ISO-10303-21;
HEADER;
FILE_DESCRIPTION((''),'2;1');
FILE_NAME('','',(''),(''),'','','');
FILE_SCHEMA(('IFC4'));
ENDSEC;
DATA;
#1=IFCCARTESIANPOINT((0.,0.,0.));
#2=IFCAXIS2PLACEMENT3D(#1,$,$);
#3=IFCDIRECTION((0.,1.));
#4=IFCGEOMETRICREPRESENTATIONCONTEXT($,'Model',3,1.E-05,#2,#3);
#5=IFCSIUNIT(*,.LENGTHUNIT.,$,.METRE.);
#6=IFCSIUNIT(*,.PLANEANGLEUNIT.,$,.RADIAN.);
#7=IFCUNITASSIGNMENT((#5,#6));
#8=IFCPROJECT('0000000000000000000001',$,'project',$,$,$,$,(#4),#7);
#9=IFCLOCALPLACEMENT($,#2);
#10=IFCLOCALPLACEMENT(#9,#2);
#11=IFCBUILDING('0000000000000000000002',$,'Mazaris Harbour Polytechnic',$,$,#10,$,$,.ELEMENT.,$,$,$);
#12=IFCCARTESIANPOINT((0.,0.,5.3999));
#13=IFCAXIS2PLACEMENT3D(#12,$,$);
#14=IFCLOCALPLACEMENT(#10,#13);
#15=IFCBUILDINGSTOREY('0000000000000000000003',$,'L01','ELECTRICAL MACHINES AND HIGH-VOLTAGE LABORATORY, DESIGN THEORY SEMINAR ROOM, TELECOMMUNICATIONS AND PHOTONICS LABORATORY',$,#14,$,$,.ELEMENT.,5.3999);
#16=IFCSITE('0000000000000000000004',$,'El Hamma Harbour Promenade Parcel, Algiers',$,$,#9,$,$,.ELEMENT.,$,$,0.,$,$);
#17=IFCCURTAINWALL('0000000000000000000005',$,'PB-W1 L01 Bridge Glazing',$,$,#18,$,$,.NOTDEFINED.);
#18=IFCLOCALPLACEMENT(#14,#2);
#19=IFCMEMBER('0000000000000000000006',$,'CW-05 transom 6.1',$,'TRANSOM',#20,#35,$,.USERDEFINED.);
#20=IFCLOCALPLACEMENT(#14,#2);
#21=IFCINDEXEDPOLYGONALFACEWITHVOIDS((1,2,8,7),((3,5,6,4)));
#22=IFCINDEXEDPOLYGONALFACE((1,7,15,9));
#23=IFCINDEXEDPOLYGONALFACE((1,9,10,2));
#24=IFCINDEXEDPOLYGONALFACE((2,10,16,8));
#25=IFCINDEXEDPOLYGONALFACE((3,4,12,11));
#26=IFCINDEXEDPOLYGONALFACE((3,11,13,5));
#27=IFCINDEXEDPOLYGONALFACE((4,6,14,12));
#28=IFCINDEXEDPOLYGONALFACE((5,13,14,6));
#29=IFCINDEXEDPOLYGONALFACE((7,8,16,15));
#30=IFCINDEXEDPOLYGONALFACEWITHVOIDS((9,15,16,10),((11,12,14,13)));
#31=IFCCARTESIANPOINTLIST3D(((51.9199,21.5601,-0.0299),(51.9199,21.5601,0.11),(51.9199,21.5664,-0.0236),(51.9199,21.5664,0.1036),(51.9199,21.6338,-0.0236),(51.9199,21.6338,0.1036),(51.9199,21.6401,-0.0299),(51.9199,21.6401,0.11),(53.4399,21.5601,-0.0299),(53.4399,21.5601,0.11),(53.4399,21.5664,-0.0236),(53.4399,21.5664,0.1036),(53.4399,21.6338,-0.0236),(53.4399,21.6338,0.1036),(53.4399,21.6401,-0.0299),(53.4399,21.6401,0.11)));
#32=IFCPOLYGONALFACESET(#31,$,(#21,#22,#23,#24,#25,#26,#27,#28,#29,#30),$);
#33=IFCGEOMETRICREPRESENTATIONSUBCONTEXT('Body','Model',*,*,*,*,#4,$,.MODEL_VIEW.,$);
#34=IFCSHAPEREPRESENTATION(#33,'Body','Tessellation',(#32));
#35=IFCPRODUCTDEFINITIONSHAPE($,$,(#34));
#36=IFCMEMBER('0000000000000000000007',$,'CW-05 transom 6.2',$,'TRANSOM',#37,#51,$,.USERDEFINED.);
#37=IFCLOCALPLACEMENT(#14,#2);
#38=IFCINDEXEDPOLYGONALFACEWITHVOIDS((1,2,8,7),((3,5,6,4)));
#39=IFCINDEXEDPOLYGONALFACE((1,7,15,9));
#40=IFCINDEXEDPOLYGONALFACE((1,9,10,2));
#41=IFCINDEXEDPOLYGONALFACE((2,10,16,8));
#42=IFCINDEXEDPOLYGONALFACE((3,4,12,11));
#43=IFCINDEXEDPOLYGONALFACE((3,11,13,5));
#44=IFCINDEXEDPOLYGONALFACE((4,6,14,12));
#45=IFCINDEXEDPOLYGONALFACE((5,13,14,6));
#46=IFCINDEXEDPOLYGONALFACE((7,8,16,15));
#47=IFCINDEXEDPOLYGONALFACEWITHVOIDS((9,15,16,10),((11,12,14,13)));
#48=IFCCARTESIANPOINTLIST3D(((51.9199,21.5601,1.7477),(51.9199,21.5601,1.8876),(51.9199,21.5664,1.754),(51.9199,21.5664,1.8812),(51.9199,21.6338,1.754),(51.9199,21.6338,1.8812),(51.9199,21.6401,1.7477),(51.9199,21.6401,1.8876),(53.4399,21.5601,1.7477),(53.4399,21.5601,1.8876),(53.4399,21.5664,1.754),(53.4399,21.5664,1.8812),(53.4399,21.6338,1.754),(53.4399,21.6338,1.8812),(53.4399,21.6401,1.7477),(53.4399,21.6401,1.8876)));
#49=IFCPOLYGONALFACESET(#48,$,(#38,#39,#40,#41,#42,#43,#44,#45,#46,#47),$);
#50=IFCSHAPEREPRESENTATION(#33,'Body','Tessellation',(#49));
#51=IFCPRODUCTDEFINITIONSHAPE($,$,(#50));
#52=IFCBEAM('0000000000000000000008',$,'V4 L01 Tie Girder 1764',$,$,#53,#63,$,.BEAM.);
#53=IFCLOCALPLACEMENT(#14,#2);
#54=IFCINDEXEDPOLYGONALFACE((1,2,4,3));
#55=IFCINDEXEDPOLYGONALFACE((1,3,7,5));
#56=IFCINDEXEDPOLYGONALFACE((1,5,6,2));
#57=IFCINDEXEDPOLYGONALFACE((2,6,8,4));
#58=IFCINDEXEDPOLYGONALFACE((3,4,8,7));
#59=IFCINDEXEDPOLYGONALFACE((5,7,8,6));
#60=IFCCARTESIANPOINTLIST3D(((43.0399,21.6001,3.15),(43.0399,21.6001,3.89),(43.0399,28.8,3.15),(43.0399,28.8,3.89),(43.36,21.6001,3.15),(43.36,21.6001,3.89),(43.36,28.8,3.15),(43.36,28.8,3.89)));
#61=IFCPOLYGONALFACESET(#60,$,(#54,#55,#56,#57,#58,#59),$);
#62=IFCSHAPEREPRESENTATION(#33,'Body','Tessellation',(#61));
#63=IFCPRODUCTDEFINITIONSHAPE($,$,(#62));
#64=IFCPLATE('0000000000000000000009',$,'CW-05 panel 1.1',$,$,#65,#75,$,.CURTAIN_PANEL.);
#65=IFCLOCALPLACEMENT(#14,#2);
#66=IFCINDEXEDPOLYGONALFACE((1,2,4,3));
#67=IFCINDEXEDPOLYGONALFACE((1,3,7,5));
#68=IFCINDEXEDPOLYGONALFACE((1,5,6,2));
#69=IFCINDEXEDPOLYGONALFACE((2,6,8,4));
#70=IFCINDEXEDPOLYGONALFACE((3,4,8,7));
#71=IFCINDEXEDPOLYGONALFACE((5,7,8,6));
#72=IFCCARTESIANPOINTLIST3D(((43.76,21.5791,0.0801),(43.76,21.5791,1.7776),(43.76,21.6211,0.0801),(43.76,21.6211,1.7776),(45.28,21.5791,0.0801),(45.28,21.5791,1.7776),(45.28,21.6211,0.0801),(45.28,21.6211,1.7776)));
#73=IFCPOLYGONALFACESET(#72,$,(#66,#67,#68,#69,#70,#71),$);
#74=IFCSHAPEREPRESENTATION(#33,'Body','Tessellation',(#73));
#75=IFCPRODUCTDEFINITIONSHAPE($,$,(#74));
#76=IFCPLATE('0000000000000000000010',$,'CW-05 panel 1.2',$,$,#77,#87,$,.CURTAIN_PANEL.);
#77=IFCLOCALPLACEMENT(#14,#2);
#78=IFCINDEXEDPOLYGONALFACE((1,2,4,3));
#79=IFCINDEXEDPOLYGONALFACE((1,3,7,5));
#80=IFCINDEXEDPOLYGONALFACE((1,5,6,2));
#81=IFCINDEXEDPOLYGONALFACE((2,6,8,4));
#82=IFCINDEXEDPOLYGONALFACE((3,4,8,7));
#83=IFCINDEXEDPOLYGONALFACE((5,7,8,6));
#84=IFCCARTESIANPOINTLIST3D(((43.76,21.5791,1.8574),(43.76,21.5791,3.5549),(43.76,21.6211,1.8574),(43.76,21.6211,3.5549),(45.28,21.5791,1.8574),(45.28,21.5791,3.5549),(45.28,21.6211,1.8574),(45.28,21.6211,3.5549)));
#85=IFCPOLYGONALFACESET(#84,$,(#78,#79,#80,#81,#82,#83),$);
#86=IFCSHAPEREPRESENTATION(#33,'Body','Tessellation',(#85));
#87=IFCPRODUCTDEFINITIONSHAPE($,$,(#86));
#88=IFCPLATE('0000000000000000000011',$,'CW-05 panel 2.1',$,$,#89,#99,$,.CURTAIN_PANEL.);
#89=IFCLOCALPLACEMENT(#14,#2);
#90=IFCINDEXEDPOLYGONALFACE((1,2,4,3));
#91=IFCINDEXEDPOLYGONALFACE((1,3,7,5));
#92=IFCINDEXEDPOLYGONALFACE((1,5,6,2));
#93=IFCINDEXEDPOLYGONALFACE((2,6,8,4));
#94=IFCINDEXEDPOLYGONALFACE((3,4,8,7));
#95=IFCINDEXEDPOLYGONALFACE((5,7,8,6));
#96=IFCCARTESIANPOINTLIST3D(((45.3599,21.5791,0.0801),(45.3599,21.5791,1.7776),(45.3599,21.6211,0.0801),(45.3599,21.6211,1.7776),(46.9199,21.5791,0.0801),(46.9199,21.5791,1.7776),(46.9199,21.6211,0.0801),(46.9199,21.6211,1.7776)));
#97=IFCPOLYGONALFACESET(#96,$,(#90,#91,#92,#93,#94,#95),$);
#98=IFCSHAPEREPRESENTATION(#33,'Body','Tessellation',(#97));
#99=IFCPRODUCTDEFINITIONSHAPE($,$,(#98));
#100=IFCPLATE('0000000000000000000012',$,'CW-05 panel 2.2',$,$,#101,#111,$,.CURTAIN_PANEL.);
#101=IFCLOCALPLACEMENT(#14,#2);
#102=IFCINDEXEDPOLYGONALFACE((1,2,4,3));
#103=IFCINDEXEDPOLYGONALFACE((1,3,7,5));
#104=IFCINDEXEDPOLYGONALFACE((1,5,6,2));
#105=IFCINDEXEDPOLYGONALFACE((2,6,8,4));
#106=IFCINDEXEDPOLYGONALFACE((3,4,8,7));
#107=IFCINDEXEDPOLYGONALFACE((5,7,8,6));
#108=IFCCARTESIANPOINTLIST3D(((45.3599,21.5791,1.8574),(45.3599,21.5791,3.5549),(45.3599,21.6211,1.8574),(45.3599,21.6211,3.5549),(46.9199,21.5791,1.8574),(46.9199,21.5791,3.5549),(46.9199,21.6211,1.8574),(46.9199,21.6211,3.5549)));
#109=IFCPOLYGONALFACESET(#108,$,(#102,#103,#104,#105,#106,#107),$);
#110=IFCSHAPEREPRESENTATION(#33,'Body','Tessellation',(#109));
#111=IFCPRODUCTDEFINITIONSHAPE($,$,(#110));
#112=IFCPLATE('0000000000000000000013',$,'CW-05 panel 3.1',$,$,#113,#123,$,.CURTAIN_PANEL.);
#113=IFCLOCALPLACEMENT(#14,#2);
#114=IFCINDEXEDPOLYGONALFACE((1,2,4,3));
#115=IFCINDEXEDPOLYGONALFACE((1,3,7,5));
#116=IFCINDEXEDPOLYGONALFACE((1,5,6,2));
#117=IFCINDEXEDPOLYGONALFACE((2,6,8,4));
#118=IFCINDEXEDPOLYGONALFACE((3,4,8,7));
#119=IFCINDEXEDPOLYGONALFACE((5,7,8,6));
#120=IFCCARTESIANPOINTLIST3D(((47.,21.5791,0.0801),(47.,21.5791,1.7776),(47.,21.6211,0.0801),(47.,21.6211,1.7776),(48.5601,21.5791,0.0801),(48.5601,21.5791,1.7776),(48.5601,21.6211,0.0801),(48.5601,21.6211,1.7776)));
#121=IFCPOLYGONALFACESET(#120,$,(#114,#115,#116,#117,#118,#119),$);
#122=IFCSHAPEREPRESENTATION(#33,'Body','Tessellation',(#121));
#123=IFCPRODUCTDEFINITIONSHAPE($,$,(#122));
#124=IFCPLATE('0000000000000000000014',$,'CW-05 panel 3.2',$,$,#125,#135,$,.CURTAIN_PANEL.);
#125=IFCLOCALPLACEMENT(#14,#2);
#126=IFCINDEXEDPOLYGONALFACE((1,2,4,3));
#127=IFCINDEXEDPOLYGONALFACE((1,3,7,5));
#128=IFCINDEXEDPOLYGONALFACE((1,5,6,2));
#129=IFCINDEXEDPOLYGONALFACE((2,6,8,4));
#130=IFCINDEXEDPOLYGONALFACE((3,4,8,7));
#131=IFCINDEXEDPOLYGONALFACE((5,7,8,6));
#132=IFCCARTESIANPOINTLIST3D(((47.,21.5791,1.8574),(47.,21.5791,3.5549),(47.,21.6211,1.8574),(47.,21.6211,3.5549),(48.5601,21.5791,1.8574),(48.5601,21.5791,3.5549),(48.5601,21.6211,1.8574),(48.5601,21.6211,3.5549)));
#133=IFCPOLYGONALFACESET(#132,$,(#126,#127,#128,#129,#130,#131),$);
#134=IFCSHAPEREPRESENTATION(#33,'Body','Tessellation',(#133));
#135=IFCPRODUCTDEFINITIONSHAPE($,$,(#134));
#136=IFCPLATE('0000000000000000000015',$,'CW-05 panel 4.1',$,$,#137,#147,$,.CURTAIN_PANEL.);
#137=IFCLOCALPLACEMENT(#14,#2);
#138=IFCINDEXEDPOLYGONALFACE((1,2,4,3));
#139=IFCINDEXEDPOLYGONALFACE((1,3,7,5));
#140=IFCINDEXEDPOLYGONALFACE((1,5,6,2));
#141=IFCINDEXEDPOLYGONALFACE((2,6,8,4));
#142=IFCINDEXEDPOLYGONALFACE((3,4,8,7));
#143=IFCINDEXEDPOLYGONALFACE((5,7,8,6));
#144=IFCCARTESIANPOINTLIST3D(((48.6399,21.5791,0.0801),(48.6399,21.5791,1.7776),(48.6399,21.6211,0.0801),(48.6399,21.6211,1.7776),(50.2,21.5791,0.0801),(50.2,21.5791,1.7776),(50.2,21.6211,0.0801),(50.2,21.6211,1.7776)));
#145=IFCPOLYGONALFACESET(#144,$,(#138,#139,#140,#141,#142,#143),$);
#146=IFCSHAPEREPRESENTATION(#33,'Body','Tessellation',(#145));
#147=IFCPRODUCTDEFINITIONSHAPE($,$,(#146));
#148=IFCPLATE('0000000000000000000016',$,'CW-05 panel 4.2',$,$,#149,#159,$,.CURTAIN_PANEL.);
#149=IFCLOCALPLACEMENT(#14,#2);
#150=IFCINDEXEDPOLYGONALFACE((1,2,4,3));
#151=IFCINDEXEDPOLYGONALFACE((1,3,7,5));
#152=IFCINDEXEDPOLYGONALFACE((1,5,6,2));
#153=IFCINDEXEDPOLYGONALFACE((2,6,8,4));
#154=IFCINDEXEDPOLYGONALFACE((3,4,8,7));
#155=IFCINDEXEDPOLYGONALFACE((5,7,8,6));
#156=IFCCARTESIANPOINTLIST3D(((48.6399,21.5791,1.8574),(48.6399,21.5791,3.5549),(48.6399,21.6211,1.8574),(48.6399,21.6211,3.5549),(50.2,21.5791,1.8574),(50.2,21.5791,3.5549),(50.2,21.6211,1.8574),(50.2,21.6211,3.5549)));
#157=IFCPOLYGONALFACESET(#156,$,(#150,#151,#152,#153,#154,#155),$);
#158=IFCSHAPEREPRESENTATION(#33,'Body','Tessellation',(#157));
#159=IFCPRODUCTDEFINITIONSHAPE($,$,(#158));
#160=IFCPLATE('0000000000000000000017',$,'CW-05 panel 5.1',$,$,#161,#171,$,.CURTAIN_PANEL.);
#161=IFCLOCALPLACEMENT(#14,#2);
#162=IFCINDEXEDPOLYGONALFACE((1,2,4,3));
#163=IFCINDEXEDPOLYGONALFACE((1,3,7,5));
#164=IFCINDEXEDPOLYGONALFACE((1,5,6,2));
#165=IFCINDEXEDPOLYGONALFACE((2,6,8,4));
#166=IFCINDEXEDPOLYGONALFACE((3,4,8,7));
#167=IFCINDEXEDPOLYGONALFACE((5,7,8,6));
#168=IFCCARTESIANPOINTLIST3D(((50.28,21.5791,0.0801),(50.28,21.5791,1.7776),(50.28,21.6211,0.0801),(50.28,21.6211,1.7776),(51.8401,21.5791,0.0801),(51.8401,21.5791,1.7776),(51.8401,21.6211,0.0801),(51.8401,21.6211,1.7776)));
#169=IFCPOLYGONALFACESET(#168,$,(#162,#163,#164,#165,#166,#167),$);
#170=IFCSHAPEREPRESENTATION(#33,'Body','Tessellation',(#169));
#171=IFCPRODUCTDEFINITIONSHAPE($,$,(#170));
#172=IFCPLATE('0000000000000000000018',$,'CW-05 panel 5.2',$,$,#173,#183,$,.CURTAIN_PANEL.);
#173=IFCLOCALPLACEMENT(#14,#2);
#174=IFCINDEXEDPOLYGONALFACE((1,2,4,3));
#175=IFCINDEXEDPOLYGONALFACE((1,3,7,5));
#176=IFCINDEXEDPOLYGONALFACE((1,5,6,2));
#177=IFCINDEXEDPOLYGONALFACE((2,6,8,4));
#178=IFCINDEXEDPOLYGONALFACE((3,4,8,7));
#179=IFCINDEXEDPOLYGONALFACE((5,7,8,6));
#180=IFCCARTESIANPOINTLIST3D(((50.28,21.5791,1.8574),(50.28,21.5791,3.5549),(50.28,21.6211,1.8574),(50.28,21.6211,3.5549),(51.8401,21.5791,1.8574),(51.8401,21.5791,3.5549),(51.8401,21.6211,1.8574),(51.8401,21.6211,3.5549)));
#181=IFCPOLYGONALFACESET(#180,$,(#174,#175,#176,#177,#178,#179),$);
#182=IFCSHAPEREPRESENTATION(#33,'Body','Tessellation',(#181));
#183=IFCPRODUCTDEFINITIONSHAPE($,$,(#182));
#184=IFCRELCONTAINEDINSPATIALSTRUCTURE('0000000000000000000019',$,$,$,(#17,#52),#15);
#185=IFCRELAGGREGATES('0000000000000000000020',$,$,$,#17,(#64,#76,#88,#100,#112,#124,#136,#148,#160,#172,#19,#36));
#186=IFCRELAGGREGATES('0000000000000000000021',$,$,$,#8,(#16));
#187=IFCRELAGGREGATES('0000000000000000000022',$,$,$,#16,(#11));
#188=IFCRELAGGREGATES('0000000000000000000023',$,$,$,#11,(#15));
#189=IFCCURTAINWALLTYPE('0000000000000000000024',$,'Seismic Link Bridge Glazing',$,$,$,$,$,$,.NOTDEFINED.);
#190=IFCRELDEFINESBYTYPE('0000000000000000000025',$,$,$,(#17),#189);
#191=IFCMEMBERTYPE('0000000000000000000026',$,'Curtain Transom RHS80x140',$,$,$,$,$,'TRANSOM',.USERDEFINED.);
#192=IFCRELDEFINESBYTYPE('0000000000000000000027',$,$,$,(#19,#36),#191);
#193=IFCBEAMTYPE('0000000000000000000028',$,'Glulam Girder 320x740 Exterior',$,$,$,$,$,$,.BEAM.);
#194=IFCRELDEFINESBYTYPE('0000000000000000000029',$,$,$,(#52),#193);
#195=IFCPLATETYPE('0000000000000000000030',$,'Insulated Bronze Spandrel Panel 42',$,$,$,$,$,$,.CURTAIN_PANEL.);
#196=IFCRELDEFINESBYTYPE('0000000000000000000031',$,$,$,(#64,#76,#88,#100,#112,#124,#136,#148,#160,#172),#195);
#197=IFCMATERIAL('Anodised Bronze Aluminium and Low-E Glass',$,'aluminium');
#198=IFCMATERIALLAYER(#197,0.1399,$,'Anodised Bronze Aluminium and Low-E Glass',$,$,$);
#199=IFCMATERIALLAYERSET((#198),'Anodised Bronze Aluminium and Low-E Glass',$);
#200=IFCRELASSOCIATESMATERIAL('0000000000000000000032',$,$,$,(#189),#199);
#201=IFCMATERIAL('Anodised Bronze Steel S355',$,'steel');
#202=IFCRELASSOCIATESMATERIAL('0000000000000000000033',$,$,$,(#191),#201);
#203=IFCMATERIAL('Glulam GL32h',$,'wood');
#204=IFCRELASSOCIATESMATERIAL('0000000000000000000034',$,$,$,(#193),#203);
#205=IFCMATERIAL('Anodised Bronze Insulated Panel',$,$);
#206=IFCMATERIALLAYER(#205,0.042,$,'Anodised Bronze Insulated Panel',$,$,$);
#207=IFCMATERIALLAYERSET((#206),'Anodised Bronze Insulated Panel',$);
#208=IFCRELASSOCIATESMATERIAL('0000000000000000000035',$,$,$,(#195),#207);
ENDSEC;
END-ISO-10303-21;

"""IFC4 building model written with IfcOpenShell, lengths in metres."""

from ifc_helpers import new_model, si_unit, direction, frame, origin, origin_2d, place, context, subcontext, project, spatial, rectangle, hollow_rectangle, extrude, material, layer, layer_set, material_profile, profile_set, type_object, element, aggregate, save


model = new_model("IFC4")

# Units and contexts
model_context = context("Model", 3, precision=1e-05, world=origin(), true_north=direction((0.0, 1.0)))
body_context = subcontext(model_context, "Body", "Model", "MODEL_VIEW")
ifc_project = project(units=[si_unit("LENGTHUNIT", "METRE"), si_unit("PLANEANGLEUNIT", "RADIAN")], contexts=[model_context])

# Site, building, storey
site_placement = place(None, origin())
site = spatial("IfcSite", under=ifc_project, at=site_placement, Name="El Hamma Harbour Promenade Parcel, Algiers", CompositionType="ELEMENT", RefElevation=0.0)
building_placement = place(site_placement, origin())
building = spatial("IfcBuilding", under=site, at=building_placement, Name="Mazaris Harbour Polytechnic", CompositionType="ELEMENT")
storey_placement = place(building_placement, frame((0.0, 0.0, 5.3999)))
storey = spatial("IfcBuildingStorey", under=building, at=storey_placement, Name="L01", Description="ELECTRICAL MACHINES AND HIGH-VOLTAGE LABORATORY, DESIGN THEORY SEMINAR ROOM, TELECOMMUNICATIONS AND PHOTONICS LABORATORY", CompositionType="ELEMENT", Elevation=5.3999)

# Curtain wall, members
ifc_material_1 = material(Name="Anodised Bronze Aluminium and Low-E Glass", Category="aluminium")
ifc_layer_1 = layer(ifc_material_1, 0.1399, Name="Anodised Bronze Aluminium and Low-E Glass")
ifc_layer_set_1 = layer_set([ifc_layer_1], Name="Anodised Bronze Aluminium and Low-E Glass")
curtain_wall_type = type_object("IfcCurtainWallType", Name="Seismic Link Bridge Glazing", PredefinedType="NOTDEFINED", material=ifc_layer_set_1)
curtain_wall_placement = place(storey_placement, origin())
curtain_wall = element("IfcCurtainWall", 1, at=curtain_wall_placement, inside=storey, type_object=curtain_wall_type, Name="PB-W1 L01 Bridge Glazing", PredefinedType="NOTDEFINED")
ifc_material_2 = material(Name="Anodised Bronze Steel S355", Category="steel")
ifc_material_profile_1 = material_profile(ifc_material_2, hollow_rectangle(XDim=0.0801, YDim=0.1399, WallThickness=0.0063, at=origin_2d()), Name="RHS 80x140x6.3")
ifc_profile_set_1 = profile_set([ifc_material_profile_1], Name="Anodised Bronze Steel S355")
member_type_1 = type_object("IfcMemberType", Name="Curtain Transom RHS80x140", ElementType="TRANSOM", PredefinedType="USERDEFINED", material=ifc_profile_set_1)
member_1_placement = place(storey_placement, frame((51.9199, 21.6001, 0.04), z_axis=(1.0, 0.0, 0.0), x_axis=(0.0, 1.0, 0.0)))
member_1 = element("IfcMember", 2, at=member_1_placement, type_object=member_type_1, Name="CW-05 transom 6.1", ObjectType="TRANSOM", PredefinedType="USERDEFINED", context=body_context, shape_type="SweptSolid", body=[
    extrude(hollow_rectangle(XDim=0.0801, YDim=0.1399, WallThickness=0.0063, at=origin_2d()), origin(), (0.0, 0.0, 1.0), 1.52),
])
member_2_placement = place(storey_placement, frame((51.9199, 21.6001, 1.8176), z_axis=(1.0, 0.0, 0.0), x_axis=(0.0, 1.0, 0.0)))
member_2 = element("IfcMember", 3, at=member_2_placement, type_object=member_type_1, Name="CW-05 transom 6.2", ObjectType="TRANSOM", PredefinedType="USERDEFINED", context=body_context, shape_type="SweptSolid", body=[
    extrude(hollow_rectangle(XDim=0.0801, YDim=0.1399, WallThickness=0.0063, at=origin_2d()), origin(), (0.0, 0.0, 1.0), 1.52),
])

# Beam
ifc_material_3 = material(Name="Glulam GL32h", Category="wood")
ifc_material_profile_2 = material_profile(ifc_material_3, rectangle(XDim=0.3201, YDim=0.74, at=origin_2d()), Name="RECT320x740")
ifc_profile_set_2 = profile_set([ifc_material_profile_2], Name="Glulam GL32h")
beam_type = type_object("IfcBeamType", Name="Glulam Girder 320x740 Exterior", PredefinedType="BEAM", material=ifc_profile_set_2)
beam_placement = place(storey_placement, frame((43.2, 21.6001, 3.52), z_axis=(0.0, 1.0, 0.0), x_axis=(-1.0, 0.0, 0.0)))
element("IfcBeam", 4, at=beam_placement, inside=storey, type_object=beam_type, Name="V4 L01 Tie Girder 1764", PredefinedType="BEAM", context=body_context, shape_type="SweptSolid", body=[
    extrude(rectangle(XDim=0.3201, YDim=0.74, at=origin_2d()), origin(), (0.0, 0.0, 1.0), 7.2),
])

# Plates
ifc_material_4 = material(Name="Anodised Bronze Insulated Panel")
ifc_layer_2 = layer(ifc_material_4, 0.042, Name="Anodised Bronze Insulated Panel")
ifc_layer_set_2 = layer_set([ifc_layer_2], Name="Anodised Bronze Insulated Panel")
plate_type = type_object("IfcPlateType", Name="Insulated Bronze Spandrel Panel 42", PredefinedType="CURTAIN_PANEL", material=ifc_layer_set_2)
plate_1_placement = place(storey_placement, frame((44.52, 21.6001, 0.0801), z_axis=(0.0, 0.0, 1.0), x_axis=(1.0, 0.0, 0.0)))
plate_1 = element("IfcPlate", 5, at=plate_1_placement, type_object=plate_type, Name="CW-05 panel 1.1", PredefinedType="CURTAIN_PANEL", context=body_context, shape_type="SweptSolid", body=[
    extrude(rectangle(XDim=1.52, YDim=0.042, at=origin_2d()), origin(), (0.0, 0.0, 1.0), 1.6975),
])
plate_2_placement = place(storey_placement, frame((44.52, 21.6001, 1.8574), z_axis=(0.0, 0.0, 1.0), x_axis=(1.0, 0.0, 0.0)))
plate_2 = element("IfcPlate", 6, at=plate_2_placement, type_object=plate_type, Name="CW-05 panel 1.2", PredefinedType="CURTAIN_PANEL", context=body_context, shape_type="SweptSolid", body=[
    extrude(rectangle(XDim=1.52, YDim=0.042, at=origin_2d()), origin(), (0.0, 0.0, 1.0), 1.6975),
])
plate_3_placement = place(storey_placement, frame((46.1399, 21.6001, 0.0801), z_axis=(0.0, 0.0, 1.0), x_axis=(1.0, 0.0, 0.0)))
plate_3 = element("IfcPlate", 7, at=plate_3_placement, type_object=plate_type, Name="CW-05 panel 2.1", PredefinedType="CURTAIN_PANEL", context=body_context, shape_type="SweptSolid", body=[
    extrude(rectangle(XDim=1.5601, YDim=0.042, at=origin_2d()), origin(), (0.0, 0.0, 1.0), 1.6975),
])
plate_4_placement = place(storey_placement, frame((46.1399, 21.6001, 1.8574), z_axis=(0.0, 0.0, 1.0), x_axis=(1.0, 0.0, 0.0)))
plate_4 = element("IfcPlate", 8, at=plate_4_placement, type_object=plate_type, Name="CW-05 panel 2.2", PredefinedType="CURTAIN_PANEL", context=body_context, shape_type="SweptSolid", body=[
    extrude(rectangle(XDim=1.5601, YDim=0.042, at=origin_2d()), origin(), (0.0, 0.0, 1.0), 1.6975),
])
plate_5_placement = place(storey_placement, frame((47.78, 21.6001, 0.0801), z_axis=(0.0, 0.0, 1.0), x_axis=(1.0, 0.0, 0.0)))
plate_5 = element("IfcPlate", 9, at=plate_5_placement, type_object=plate_type, Name="CW-05 panel 3.1", PredefinedType="CURTAIN_PANEL", context=body_context, shape_type="SweptSolid", body=[
    extrude(rectangle(XDim=1.5601, YDim=0.042, at=origin_2d()), origin(), (0.0, 0.0, 1.0), 1.6975),
])
plate_6_placement = place(storey_placement, frame((47.78, 21.6001, 1.8574), z_axis=(0.0, 0.0, 1.0), x_axis=(1.0, 0.0, 0.0)))
plate_6 = element("IfcPlate", 10, at=plate_6_placement, type_object=plate_type, Name="CW-05 panel 3.2", PredefinedType="CURTAIN_PANEL", context=body_context, shape_type="SweptSolid", body=[
    extrude(rectangle(XDim=1.5601, YDim=0.042, at=origin_2d()), origin(), (0.0, 0.0, 1.0), 1.6975),
])
plate_7_placement = place(storey_placement, frame((49.4199, 21.6001, 0.0801), z_axis=(0.0, 0.0, 1.0), x_axis=(1.0, 0.0, 0.0)))
plate_7 = element("IfcPlate", 11, at=plate_7_placement, type_object=plate_type, Name="CW-05 panel 4.1", PredefinedType="CURTAIN_PANEL", context=body_context, shape_type="SweptSolid", body=[
    extrude(rectangle(XDim=1.5601, YDim=0.042, at=origin_2d()), origin(), (0.0, 0.0, 1.0), 1.6975),
])
plate_8_placement = place(storey_placement, frame((49.4199, 21.6001, 1.8574), z_axis=(0.0, 0.0, 1.0), x_axis=(1.0, 0.0, 0.0)))
plate_8 = element("IfcPlate", 12, at=plate_8_placement, type_object=plate_type, Name="CW-05 panel 4.2", PredefinedType="CURTAIN_PANEL", context=body_context, shape_type="SweptSolid", body=[
    extrude(rectangle(XDim=1.5601, YDim=0.042, at=origin_2d()), origin(), (0.0, 0.0, 1.0), 1.6975),
])
plate_9_placement = place(storey_placement, frame((51.0601, 21.6001, 0.0801), z_axis=(0.0, 0.0, 1.0), x_axis=(1.0, 0.0, 0.0)))
plate_9 = element("IfcPlate", 13, at=plate_9_placement, type_object=plate_type, Name="CW-05 panel 5.1", PredefinedType="CURTAIN_PANEL", context=body_context, shape_type="SweptSolid", body=[
    extrude(rectangle(XDim=1.5601, YDim=0.042, at=origin_2d()), origin(), (0.0, 0.0, 1.0), 1.6975),
])
plate_10_placement = place(storey_placement, frame((51.0601, 21.6001, 1.8574), z_axis=(0.0, 0.0, 1.0), x_axis=(1.0, 0.0, 0.0)))
plate_10 = element("IfcPlate", 14, at=plate_10_placement, type_object=plate_type, Name="CW-05 panel 5.2", PredefinedType="CURTAIN_PANEL", context=body_context, shape_type="SweptSolid", body=[
    extrude(rectangle(XDim=1.5601, YDim=0.042, at=origin_2d()), origin(), (0.0, 0.0, 1.0), 1.6975),
])
aggregate(curtain_wall, [plate_1, plate_2, plate_3, plate_4, plate_5, plate_6, plate_7, plate_8, plate_9, plate_10, member_1, member_2])

save(model, "model.ifc")
